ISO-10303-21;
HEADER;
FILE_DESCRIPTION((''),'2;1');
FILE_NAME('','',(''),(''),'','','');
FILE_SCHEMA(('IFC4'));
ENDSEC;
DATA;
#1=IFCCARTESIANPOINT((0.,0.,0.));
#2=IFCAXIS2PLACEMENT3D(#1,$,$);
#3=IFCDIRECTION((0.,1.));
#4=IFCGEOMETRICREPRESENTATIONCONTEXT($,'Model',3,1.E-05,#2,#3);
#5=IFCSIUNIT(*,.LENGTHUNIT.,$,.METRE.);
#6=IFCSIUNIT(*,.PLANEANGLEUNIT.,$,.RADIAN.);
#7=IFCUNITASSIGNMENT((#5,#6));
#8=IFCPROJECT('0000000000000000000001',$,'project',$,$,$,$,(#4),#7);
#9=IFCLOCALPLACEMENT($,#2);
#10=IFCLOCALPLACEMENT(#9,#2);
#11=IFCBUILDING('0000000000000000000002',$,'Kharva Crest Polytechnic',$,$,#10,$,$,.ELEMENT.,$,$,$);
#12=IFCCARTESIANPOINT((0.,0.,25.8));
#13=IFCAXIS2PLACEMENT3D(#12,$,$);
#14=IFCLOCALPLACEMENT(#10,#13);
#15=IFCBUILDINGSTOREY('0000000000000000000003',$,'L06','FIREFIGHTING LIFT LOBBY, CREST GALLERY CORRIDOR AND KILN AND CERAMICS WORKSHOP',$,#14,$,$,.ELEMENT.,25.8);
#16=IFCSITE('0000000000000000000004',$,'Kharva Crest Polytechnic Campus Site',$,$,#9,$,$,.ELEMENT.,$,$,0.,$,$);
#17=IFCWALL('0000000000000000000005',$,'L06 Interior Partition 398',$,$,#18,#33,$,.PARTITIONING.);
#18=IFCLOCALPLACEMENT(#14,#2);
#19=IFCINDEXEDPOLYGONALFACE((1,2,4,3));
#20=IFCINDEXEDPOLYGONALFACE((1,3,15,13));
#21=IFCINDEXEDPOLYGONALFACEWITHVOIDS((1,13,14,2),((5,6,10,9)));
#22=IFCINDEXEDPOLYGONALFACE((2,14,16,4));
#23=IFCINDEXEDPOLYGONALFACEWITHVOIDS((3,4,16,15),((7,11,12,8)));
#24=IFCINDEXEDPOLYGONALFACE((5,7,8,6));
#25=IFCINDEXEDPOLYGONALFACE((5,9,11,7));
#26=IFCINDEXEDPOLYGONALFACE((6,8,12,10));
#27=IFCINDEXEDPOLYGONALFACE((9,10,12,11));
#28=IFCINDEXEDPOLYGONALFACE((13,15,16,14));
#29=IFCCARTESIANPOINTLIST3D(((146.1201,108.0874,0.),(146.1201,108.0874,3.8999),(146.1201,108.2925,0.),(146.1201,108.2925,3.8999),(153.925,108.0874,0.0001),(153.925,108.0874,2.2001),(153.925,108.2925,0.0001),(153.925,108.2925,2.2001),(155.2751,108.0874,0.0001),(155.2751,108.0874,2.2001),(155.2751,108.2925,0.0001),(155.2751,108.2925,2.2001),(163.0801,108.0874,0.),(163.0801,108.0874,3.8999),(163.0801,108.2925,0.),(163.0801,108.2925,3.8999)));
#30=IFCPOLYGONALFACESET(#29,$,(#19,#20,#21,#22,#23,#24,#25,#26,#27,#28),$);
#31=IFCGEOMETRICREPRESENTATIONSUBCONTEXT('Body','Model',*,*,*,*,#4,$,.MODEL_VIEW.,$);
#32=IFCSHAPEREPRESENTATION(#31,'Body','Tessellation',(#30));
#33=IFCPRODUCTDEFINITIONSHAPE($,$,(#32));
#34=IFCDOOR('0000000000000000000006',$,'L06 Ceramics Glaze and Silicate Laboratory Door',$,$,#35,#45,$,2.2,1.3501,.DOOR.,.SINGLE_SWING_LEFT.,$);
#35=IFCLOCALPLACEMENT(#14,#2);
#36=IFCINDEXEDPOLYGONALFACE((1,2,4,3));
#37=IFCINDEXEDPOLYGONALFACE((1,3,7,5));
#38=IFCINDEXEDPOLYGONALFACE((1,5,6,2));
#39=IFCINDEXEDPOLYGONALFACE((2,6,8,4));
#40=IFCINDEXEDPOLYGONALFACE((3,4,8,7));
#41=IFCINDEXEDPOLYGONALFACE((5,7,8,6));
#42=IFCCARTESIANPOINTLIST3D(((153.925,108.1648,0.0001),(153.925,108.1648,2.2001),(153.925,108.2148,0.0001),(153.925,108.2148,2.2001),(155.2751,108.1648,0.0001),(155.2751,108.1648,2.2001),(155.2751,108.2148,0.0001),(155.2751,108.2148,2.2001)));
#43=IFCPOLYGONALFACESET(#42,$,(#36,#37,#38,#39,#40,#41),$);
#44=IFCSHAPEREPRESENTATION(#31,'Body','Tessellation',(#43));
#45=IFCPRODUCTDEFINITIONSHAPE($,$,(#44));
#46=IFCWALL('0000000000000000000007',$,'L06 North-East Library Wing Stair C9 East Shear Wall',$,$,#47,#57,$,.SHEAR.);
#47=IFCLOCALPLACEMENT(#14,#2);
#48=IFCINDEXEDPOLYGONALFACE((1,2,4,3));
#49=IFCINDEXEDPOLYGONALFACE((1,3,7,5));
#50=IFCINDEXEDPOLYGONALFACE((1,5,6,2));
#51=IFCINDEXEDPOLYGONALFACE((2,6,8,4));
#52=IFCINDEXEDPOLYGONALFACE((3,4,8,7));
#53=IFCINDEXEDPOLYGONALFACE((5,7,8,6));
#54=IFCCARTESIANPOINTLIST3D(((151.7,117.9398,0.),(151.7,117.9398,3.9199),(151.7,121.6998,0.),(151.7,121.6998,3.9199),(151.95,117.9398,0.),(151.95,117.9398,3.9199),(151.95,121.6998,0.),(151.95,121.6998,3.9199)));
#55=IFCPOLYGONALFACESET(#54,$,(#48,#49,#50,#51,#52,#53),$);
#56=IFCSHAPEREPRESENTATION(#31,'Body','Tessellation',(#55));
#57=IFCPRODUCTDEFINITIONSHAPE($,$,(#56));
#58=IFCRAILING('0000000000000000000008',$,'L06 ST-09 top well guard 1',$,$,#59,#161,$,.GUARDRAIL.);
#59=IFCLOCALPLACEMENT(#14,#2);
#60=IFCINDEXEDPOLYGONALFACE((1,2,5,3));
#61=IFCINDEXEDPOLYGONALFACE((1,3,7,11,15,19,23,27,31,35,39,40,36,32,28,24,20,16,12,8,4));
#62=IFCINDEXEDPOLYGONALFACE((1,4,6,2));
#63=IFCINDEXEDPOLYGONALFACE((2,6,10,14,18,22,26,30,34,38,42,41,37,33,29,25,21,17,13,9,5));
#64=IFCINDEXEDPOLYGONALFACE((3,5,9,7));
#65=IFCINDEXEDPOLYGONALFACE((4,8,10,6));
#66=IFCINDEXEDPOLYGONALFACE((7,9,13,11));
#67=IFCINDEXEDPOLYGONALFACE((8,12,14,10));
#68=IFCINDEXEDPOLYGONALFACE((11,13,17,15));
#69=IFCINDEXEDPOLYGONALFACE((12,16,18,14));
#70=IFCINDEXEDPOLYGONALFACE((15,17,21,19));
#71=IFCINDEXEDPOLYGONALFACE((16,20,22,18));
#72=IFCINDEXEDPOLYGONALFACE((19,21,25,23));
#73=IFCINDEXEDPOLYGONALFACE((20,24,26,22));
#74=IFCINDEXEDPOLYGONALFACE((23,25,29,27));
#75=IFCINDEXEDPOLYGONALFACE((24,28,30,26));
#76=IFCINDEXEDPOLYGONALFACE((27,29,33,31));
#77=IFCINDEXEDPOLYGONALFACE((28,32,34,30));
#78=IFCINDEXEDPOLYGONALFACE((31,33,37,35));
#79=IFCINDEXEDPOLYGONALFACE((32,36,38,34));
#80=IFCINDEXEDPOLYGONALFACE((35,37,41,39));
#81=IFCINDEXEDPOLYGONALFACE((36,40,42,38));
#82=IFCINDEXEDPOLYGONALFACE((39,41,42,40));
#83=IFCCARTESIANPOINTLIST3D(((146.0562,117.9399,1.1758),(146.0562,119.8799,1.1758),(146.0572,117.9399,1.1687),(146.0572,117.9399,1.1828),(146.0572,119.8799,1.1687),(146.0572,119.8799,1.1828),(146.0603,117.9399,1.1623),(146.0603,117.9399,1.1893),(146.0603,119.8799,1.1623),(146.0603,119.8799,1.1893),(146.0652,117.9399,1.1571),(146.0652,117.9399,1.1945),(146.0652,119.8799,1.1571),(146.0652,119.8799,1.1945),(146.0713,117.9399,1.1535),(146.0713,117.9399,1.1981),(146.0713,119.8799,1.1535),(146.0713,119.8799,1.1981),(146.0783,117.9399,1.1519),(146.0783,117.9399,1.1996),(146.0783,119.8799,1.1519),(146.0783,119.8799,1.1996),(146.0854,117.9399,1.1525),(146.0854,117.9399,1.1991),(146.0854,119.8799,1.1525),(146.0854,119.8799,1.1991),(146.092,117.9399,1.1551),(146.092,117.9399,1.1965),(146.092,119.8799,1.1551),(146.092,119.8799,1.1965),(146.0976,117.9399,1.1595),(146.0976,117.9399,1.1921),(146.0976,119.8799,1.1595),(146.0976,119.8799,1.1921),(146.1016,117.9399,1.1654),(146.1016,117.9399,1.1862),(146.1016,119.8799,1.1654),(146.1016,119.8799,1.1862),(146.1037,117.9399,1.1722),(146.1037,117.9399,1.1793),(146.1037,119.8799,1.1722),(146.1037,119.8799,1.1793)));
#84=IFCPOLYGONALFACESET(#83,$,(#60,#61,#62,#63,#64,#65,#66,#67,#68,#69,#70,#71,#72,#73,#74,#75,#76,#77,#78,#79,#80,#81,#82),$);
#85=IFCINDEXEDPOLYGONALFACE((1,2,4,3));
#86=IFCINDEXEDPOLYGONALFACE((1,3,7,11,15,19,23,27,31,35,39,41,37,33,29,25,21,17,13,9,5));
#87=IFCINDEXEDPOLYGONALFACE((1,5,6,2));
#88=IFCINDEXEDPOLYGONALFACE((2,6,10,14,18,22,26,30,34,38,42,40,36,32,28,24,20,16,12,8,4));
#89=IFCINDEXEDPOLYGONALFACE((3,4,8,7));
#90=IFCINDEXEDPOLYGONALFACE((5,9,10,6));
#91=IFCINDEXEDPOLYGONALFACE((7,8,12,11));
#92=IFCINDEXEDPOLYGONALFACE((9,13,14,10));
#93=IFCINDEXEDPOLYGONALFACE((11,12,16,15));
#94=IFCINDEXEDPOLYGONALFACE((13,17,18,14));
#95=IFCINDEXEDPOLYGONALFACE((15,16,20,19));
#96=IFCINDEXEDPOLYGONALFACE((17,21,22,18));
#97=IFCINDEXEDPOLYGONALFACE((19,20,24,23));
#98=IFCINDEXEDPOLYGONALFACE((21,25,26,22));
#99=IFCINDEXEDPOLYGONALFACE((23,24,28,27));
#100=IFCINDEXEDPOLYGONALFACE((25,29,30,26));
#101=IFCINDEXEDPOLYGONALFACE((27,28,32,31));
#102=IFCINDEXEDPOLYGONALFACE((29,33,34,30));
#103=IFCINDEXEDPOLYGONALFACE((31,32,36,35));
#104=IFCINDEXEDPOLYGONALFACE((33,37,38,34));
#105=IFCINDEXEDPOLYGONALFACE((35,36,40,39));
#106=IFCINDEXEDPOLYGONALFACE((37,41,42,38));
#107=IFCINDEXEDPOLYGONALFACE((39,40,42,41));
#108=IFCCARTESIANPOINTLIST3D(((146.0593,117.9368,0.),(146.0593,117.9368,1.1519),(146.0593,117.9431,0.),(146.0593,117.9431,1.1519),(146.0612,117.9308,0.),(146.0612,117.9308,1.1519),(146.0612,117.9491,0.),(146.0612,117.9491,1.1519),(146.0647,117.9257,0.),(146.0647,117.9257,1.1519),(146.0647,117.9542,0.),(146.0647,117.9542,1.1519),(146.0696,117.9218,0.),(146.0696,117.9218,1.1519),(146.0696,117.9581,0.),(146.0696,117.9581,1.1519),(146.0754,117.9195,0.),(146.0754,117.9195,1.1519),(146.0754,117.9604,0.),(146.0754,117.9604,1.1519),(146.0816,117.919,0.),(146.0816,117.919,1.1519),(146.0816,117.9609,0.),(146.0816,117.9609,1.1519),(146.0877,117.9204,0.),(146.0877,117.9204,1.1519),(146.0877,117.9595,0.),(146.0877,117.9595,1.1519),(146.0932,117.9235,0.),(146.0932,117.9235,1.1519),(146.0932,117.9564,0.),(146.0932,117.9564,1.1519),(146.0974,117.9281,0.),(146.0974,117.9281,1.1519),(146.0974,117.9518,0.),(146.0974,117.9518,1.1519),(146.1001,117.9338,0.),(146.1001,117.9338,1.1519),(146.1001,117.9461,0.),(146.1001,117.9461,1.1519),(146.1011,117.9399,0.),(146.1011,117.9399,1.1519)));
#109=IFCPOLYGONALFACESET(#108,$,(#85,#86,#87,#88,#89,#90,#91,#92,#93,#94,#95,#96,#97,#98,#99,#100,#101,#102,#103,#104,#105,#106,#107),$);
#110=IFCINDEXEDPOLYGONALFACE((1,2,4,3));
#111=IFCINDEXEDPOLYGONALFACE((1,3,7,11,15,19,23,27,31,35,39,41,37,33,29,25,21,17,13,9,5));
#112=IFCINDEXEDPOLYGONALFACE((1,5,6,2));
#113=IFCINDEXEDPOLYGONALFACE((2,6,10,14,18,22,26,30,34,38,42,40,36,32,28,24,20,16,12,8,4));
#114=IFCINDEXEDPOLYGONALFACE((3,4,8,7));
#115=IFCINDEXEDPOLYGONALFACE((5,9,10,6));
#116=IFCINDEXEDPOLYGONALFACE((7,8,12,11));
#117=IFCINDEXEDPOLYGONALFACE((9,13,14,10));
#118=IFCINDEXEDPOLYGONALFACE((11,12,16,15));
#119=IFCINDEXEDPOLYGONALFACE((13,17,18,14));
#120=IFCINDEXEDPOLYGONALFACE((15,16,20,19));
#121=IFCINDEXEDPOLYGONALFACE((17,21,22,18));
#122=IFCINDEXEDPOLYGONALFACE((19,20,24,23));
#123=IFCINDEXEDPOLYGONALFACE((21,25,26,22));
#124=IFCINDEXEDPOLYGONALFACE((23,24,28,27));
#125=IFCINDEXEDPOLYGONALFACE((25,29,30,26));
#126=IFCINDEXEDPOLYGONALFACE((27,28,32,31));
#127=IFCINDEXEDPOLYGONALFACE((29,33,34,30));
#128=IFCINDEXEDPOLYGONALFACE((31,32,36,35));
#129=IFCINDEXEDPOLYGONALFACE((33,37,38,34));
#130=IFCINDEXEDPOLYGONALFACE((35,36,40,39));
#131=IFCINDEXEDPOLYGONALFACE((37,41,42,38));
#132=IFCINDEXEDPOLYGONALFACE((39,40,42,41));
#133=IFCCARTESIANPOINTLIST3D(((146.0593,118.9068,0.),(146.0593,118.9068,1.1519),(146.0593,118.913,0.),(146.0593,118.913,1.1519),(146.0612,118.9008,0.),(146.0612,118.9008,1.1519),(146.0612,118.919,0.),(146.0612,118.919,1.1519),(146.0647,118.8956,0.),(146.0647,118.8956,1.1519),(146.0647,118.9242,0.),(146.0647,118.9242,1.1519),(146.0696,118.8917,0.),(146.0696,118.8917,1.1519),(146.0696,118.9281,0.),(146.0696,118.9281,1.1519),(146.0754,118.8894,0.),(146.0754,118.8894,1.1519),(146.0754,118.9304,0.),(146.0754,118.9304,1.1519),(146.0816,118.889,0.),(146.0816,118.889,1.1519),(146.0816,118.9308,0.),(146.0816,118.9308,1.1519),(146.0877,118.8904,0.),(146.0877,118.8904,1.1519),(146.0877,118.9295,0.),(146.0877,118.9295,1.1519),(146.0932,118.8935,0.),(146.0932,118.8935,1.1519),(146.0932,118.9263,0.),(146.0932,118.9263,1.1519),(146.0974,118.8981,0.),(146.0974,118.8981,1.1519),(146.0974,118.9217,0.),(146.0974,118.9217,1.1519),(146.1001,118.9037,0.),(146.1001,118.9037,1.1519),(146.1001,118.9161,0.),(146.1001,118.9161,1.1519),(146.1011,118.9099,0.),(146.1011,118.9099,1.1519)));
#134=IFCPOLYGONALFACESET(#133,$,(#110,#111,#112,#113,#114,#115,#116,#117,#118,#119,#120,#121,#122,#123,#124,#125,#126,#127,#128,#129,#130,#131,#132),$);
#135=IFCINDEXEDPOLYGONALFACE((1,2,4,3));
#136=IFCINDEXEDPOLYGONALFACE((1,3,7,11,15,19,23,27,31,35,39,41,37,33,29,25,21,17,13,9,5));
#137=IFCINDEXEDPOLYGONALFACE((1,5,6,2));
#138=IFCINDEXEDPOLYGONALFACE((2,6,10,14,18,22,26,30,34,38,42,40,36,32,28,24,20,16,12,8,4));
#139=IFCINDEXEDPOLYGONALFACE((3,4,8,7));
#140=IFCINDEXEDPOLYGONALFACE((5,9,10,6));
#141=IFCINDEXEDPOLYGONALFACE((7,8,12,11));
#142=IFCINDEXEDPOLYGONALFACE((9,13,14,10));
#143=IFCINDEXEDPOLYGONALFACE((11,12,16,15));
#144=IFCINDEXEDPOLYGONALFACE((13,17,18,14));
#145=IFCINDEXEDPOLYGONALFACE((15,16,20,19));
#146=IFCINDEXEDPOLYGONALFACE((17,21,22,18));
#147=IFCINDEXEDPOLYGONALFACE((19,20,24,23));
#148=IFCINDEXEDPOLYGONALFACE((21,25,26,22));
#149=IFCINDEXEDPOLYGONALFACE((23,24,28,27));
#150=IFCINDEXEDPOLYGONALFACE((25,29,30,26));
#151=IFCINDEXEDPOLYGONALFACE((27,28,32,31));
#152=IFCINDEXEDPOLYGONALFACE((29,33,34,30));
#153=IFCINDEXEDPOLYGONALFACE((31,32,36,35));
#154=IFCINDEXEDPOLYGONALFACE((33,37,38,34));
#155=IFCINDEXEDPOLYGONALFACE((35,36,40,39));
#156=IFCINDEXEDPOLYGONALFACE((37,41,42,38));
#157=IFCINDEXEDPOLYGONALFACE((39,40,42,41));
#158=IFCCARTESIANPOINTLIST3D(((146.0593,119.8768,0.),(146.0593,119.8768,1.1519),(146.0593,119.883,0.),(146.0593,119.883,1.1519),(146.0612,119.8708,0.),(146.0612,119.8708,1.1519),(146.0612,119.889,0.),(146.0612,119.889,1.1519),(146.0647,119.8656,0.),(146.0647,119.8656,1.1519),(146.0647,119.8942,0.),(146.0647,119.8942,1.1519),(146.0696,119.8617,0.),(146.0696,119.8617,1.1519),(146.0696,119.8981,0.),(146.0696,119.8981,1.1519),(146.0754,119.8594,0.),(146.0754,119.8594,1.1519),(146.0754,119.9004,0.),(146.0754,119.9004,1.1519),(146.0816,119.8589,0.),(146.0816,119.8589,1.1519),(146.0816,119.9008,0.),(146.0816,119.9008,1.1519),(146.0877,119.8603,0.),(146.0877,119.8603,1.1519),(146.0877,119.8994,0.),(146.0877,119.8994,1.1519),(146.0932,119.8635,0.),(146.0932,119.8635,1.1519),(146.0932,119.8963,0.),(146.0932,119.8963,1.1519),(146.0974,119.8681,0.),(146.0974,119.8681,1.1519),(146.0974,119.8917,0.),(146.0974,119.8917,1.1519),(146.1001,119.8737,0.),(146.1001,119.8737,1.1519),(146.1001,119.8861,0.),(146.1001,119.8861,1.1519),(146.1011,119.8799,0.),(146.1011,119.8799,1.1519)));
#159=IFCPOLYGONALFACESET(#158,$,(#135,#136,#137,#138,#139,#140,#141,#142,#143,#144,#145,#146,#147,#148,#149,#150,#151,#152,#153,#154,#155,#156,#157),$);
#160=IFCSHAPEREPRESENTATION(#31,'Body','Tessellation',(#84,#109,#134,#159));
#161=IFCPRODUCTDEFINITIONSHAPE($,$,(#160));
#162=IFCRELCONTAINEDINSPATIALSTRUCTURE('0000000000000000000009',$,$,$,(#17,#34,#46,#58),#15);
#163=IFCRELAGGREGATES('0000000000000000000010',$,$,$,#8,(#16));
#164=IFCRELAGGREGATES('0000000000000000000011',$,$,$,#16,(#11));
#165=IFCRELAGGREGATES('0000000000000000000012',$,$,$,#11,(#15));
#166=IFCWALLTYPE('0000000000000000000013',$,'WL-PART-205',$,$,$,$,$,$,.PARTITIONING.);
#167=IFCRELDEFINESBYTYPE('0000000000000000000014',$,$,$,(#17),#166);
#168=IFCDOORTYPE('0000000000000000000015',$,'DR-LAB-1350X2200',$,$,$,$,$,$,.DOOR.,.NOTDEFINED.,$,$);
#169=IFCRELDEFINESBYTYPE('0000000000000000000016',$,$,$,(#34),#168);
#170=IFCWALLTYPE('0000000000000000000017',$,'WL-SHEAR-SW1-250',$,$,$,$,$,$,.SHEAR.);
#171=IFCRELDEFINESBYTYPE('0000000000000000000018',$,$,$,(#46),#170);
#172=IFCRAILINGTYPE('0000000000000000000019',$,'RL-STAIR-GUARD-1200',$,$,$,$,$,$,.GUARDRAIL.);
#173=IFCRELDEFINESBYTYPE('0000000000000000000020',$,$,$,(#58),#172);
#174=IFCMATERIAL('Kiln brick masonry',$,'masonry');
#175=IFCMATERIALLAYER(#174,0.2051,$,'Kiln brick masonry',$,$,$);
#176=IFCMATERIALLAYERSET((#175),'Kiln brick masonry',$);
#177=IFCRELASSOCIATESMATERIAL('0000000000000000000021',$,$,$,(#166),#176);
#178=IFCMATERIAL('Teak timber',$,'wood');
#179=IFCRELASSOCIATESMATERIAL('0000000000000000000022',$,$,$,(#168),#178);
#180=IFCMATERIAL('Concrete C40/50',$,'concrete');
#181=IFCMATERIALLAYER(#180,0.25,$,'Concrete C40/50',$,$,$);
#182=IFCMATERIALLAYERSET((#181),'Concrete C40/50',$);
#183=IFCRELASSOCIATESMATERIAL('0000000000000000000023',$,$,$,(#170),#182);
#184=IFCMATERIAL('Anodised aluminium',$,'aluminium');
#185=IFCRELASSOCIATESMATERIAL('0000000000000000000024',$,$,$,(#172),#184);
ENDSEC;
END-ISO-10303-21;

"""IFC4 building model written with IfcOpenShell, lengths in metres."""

from ifc_helpers import new_model, si_unit, direction, frame, frame_2d, origin, origin_2d, place, context, subcontext, project, spatial, rectangle, circle, extrude, material, layer, layer_set, type_object, element, fill, save


model = new_model("IFC4")

# Units and contexts
model_context = context("Model", 3, precision=1e-05, world=origin(), true_north=direction((0.0, 1.0)))
body_context = subcontext(model_context, "Body", "Model", "MODEL_VIEW")
ifc_project = project(units=[si_unit("LENGTHUNIT", "METRE"), si_unit("PLANEANGLEUNIT", "RADIAN")], contexts=[model_context])

# Site, building, storey
site_placement = place(None, origin())
site = spatial("IfcSite", under=ifc_project, at=site_placement, Name="Kharva Crest Polytechnic Campus Site", CompositionType="ELEMENT", RefElevation=0.0)
building_placement = place(site_placement, origin())
building = spatial("IfcBuilding", under=site, at=building_placement, Name="Kharva Crest Polytechnic", CompositionType="ELEMENT")
storey_placement = place(building_placement, frame((0.0, 0.0, 25.8)))
storey = spatial("IfcBuildingStorey", under=building, at=storey_placement, Name="L06", Description="FIREFIGHTING LIFT LOBBY, CREST GALLERY CORRIDOR AND KILN AND CERAMICS WORKSHOP", CompositionType="ELEMENT", Elevation=25.8)

# Shared definitions
ifc_material_1 = material(Name="Concrete C40/50", Category="concrete")

# Shared definitions
ifc_material_2 = material(Name="Kiln brick masonry", Category="masonry")
ifc_material_3 = material(Name="Anodised aluminium", Category="aluminium")

# Wall, opening, door
ifc_material_4 = material(Name="Teak timber", Category="wood")
ifc_layer_1 = layer(ifc_material_2, 0.2051, Name="Kiln brick masonry")
ifc_layer_set_1 = layer_set([ifc_layer_1], Name="Kiln brick masonry")
wall_type_1 = type_object("IfcWallType", Name="WL-PART-205", PredefinedType="PARTITIONING", material=ifc_layer_set_1)
wall_1_placement = place(storey_placement, frame((146.1201, 108.1899, 0.0), z_axis=(0.0, 0.0, 1.0), x_axis=(1.0, 0.0, 0.0)))
wall_1 = element("IfcWall", 1, at=wall_1_placement, inside=storey, type_object=wall_type_1, Name="L06 Interior Partition 398", PredefinedType="PARTITIONING", context=body_context, shape_type="SweptSolid", body=[
    extrude(rectangle(XDim=16.96, YDim=0.2051, at=frame_2d((8.48, 0.0))), origin(), (0.0, 0.0, 1.0), 3.8999),
])
opening_1_placement = place(wall_1_placement, frame((7.8049, 0.0, 0.0)))
opening_1 = element("IfcOpeningElement", 2, at=opening_1_placement, cuts=wall_1, PredefinedType="OPENING", context=body_context, shape_type="SweptSolid", body=[
    extrude(rectangle(XDim=1.3501, YDim=2.2, at=frame_2d((0.675, 1.1001))), frame((0.0, 0.1125, 0.0), z_axis=(0.0, -1.0, 0.0), x_axis=(1.0, 0.0, 0.0)), (0.0, 0.0, 1.0), 0.2251),
])
door_type_1 = type_object("IfcDoorType", Name="DR-LAB-1350X2200", OperationType="NOTDEFINED", PredefinedType="DOOR", material=ifc_material_4)
door_1_placement = place(opening_1_placement, origin())
door_1 = element("IfcDoor", 3, at=door_1_placement, inside=storey, type_object=door_type_1, Name="L06 Ceramics Glaze and Silicate Laboratory Door", OperationType="SINGLE_SWING_LEFT", OverallHeight=2.2, OverallWidth=1.3501, PredefinedType="DOOR", context=body_context, shape_type="SweptSolid", body=[
    extrude(rectangle(XDim=1.3501, YDim=2.2, at=frame_2d((0.675, 1.1001))), frame((0.0, 0.0249, 0.0), z_axis=(0.0, -1.0, 0.0), x_axis=(1.0, 0.0, 0.0)), (0.0, 0.0, 1.0), 0.05),
])
fill(opening_1, door_1)

# Wall
ifc_layer_2 = layer(ifc_material_1, 0.25, Name="Concrete C40/50")
ifc_layer_set_2 = layer_set([ifc_layer_2], Name="Concrete C40/50")
wall_type_2 = type_object("IfcWallType", Name="WL-SHEAR-SW1-250", PredefinedType="SHEAR", material=ifc_layer_set_2)
wall_2_placement = place(storey_placement, frame((151.825, 117.9399, 0.0), z_axis=(0.0, 0.0, 1.0), x_axis=(0.0, 1.0, 0.0)))
element("IfcWall", 4, at=wall_2_placement, inside=storey, type_object=wall_type_2, Name="L06 North-East Library Wing Stair C9 East Shear Wall", PredefinedType="SHEAR", context=body_context, shape_type="SweptSolid", body=[
    extrude(rectangle(XDim=3.76, YDim=0.25, at=frame_2d((1.8799, 0.0))), origin(), (0.0, 0.0, 1.0), 3.9199),
])

# Railing
railing_type = type_object("IfcRailingType", Name="RL-STAIR-GUARD-1200", PredefinedType="GUARDRAIL", material=ifc_material_3)
railing_placement = place(storey_placement, frame((146.0801, 117.9399, 0.0)))
element("IfcRailing", 5, at=railing_placement, inside=storey, type_object=railing_type, Name="L06 ST-09 top well guard 1", PredefinedType="GUARDRAIL", context=body_context, shape_type="SweptSolid", body=[
    extrude(circle(Radius=0.0239, at=origin_2d()), frame((0.0, 0.0, 1.1758), z_axis=(0.0, 1.0, 0.0), x_axis=(-1.0, 0.0, 0.0)), (0.0, 0.0, 1.0), 1.9399),
    extrude(circle(Radius=0.021, at=origin_2d()), origin(), (0.0, 0.0, 1.0), 1.1519),
    extrude(circle(Radius=0.021, at=origin_2d()), frame((0.0, 0.97, 0.0)), (0.0, 0.0, 1.0), 1.1519),
    extrude(circle(Radius=0.021, at=origin_2d()), frame((0.0, 1.9399, 0.0)), (0.0, 0.0, 1.0), 1.1519),
])

save(model, "model.ifc")
